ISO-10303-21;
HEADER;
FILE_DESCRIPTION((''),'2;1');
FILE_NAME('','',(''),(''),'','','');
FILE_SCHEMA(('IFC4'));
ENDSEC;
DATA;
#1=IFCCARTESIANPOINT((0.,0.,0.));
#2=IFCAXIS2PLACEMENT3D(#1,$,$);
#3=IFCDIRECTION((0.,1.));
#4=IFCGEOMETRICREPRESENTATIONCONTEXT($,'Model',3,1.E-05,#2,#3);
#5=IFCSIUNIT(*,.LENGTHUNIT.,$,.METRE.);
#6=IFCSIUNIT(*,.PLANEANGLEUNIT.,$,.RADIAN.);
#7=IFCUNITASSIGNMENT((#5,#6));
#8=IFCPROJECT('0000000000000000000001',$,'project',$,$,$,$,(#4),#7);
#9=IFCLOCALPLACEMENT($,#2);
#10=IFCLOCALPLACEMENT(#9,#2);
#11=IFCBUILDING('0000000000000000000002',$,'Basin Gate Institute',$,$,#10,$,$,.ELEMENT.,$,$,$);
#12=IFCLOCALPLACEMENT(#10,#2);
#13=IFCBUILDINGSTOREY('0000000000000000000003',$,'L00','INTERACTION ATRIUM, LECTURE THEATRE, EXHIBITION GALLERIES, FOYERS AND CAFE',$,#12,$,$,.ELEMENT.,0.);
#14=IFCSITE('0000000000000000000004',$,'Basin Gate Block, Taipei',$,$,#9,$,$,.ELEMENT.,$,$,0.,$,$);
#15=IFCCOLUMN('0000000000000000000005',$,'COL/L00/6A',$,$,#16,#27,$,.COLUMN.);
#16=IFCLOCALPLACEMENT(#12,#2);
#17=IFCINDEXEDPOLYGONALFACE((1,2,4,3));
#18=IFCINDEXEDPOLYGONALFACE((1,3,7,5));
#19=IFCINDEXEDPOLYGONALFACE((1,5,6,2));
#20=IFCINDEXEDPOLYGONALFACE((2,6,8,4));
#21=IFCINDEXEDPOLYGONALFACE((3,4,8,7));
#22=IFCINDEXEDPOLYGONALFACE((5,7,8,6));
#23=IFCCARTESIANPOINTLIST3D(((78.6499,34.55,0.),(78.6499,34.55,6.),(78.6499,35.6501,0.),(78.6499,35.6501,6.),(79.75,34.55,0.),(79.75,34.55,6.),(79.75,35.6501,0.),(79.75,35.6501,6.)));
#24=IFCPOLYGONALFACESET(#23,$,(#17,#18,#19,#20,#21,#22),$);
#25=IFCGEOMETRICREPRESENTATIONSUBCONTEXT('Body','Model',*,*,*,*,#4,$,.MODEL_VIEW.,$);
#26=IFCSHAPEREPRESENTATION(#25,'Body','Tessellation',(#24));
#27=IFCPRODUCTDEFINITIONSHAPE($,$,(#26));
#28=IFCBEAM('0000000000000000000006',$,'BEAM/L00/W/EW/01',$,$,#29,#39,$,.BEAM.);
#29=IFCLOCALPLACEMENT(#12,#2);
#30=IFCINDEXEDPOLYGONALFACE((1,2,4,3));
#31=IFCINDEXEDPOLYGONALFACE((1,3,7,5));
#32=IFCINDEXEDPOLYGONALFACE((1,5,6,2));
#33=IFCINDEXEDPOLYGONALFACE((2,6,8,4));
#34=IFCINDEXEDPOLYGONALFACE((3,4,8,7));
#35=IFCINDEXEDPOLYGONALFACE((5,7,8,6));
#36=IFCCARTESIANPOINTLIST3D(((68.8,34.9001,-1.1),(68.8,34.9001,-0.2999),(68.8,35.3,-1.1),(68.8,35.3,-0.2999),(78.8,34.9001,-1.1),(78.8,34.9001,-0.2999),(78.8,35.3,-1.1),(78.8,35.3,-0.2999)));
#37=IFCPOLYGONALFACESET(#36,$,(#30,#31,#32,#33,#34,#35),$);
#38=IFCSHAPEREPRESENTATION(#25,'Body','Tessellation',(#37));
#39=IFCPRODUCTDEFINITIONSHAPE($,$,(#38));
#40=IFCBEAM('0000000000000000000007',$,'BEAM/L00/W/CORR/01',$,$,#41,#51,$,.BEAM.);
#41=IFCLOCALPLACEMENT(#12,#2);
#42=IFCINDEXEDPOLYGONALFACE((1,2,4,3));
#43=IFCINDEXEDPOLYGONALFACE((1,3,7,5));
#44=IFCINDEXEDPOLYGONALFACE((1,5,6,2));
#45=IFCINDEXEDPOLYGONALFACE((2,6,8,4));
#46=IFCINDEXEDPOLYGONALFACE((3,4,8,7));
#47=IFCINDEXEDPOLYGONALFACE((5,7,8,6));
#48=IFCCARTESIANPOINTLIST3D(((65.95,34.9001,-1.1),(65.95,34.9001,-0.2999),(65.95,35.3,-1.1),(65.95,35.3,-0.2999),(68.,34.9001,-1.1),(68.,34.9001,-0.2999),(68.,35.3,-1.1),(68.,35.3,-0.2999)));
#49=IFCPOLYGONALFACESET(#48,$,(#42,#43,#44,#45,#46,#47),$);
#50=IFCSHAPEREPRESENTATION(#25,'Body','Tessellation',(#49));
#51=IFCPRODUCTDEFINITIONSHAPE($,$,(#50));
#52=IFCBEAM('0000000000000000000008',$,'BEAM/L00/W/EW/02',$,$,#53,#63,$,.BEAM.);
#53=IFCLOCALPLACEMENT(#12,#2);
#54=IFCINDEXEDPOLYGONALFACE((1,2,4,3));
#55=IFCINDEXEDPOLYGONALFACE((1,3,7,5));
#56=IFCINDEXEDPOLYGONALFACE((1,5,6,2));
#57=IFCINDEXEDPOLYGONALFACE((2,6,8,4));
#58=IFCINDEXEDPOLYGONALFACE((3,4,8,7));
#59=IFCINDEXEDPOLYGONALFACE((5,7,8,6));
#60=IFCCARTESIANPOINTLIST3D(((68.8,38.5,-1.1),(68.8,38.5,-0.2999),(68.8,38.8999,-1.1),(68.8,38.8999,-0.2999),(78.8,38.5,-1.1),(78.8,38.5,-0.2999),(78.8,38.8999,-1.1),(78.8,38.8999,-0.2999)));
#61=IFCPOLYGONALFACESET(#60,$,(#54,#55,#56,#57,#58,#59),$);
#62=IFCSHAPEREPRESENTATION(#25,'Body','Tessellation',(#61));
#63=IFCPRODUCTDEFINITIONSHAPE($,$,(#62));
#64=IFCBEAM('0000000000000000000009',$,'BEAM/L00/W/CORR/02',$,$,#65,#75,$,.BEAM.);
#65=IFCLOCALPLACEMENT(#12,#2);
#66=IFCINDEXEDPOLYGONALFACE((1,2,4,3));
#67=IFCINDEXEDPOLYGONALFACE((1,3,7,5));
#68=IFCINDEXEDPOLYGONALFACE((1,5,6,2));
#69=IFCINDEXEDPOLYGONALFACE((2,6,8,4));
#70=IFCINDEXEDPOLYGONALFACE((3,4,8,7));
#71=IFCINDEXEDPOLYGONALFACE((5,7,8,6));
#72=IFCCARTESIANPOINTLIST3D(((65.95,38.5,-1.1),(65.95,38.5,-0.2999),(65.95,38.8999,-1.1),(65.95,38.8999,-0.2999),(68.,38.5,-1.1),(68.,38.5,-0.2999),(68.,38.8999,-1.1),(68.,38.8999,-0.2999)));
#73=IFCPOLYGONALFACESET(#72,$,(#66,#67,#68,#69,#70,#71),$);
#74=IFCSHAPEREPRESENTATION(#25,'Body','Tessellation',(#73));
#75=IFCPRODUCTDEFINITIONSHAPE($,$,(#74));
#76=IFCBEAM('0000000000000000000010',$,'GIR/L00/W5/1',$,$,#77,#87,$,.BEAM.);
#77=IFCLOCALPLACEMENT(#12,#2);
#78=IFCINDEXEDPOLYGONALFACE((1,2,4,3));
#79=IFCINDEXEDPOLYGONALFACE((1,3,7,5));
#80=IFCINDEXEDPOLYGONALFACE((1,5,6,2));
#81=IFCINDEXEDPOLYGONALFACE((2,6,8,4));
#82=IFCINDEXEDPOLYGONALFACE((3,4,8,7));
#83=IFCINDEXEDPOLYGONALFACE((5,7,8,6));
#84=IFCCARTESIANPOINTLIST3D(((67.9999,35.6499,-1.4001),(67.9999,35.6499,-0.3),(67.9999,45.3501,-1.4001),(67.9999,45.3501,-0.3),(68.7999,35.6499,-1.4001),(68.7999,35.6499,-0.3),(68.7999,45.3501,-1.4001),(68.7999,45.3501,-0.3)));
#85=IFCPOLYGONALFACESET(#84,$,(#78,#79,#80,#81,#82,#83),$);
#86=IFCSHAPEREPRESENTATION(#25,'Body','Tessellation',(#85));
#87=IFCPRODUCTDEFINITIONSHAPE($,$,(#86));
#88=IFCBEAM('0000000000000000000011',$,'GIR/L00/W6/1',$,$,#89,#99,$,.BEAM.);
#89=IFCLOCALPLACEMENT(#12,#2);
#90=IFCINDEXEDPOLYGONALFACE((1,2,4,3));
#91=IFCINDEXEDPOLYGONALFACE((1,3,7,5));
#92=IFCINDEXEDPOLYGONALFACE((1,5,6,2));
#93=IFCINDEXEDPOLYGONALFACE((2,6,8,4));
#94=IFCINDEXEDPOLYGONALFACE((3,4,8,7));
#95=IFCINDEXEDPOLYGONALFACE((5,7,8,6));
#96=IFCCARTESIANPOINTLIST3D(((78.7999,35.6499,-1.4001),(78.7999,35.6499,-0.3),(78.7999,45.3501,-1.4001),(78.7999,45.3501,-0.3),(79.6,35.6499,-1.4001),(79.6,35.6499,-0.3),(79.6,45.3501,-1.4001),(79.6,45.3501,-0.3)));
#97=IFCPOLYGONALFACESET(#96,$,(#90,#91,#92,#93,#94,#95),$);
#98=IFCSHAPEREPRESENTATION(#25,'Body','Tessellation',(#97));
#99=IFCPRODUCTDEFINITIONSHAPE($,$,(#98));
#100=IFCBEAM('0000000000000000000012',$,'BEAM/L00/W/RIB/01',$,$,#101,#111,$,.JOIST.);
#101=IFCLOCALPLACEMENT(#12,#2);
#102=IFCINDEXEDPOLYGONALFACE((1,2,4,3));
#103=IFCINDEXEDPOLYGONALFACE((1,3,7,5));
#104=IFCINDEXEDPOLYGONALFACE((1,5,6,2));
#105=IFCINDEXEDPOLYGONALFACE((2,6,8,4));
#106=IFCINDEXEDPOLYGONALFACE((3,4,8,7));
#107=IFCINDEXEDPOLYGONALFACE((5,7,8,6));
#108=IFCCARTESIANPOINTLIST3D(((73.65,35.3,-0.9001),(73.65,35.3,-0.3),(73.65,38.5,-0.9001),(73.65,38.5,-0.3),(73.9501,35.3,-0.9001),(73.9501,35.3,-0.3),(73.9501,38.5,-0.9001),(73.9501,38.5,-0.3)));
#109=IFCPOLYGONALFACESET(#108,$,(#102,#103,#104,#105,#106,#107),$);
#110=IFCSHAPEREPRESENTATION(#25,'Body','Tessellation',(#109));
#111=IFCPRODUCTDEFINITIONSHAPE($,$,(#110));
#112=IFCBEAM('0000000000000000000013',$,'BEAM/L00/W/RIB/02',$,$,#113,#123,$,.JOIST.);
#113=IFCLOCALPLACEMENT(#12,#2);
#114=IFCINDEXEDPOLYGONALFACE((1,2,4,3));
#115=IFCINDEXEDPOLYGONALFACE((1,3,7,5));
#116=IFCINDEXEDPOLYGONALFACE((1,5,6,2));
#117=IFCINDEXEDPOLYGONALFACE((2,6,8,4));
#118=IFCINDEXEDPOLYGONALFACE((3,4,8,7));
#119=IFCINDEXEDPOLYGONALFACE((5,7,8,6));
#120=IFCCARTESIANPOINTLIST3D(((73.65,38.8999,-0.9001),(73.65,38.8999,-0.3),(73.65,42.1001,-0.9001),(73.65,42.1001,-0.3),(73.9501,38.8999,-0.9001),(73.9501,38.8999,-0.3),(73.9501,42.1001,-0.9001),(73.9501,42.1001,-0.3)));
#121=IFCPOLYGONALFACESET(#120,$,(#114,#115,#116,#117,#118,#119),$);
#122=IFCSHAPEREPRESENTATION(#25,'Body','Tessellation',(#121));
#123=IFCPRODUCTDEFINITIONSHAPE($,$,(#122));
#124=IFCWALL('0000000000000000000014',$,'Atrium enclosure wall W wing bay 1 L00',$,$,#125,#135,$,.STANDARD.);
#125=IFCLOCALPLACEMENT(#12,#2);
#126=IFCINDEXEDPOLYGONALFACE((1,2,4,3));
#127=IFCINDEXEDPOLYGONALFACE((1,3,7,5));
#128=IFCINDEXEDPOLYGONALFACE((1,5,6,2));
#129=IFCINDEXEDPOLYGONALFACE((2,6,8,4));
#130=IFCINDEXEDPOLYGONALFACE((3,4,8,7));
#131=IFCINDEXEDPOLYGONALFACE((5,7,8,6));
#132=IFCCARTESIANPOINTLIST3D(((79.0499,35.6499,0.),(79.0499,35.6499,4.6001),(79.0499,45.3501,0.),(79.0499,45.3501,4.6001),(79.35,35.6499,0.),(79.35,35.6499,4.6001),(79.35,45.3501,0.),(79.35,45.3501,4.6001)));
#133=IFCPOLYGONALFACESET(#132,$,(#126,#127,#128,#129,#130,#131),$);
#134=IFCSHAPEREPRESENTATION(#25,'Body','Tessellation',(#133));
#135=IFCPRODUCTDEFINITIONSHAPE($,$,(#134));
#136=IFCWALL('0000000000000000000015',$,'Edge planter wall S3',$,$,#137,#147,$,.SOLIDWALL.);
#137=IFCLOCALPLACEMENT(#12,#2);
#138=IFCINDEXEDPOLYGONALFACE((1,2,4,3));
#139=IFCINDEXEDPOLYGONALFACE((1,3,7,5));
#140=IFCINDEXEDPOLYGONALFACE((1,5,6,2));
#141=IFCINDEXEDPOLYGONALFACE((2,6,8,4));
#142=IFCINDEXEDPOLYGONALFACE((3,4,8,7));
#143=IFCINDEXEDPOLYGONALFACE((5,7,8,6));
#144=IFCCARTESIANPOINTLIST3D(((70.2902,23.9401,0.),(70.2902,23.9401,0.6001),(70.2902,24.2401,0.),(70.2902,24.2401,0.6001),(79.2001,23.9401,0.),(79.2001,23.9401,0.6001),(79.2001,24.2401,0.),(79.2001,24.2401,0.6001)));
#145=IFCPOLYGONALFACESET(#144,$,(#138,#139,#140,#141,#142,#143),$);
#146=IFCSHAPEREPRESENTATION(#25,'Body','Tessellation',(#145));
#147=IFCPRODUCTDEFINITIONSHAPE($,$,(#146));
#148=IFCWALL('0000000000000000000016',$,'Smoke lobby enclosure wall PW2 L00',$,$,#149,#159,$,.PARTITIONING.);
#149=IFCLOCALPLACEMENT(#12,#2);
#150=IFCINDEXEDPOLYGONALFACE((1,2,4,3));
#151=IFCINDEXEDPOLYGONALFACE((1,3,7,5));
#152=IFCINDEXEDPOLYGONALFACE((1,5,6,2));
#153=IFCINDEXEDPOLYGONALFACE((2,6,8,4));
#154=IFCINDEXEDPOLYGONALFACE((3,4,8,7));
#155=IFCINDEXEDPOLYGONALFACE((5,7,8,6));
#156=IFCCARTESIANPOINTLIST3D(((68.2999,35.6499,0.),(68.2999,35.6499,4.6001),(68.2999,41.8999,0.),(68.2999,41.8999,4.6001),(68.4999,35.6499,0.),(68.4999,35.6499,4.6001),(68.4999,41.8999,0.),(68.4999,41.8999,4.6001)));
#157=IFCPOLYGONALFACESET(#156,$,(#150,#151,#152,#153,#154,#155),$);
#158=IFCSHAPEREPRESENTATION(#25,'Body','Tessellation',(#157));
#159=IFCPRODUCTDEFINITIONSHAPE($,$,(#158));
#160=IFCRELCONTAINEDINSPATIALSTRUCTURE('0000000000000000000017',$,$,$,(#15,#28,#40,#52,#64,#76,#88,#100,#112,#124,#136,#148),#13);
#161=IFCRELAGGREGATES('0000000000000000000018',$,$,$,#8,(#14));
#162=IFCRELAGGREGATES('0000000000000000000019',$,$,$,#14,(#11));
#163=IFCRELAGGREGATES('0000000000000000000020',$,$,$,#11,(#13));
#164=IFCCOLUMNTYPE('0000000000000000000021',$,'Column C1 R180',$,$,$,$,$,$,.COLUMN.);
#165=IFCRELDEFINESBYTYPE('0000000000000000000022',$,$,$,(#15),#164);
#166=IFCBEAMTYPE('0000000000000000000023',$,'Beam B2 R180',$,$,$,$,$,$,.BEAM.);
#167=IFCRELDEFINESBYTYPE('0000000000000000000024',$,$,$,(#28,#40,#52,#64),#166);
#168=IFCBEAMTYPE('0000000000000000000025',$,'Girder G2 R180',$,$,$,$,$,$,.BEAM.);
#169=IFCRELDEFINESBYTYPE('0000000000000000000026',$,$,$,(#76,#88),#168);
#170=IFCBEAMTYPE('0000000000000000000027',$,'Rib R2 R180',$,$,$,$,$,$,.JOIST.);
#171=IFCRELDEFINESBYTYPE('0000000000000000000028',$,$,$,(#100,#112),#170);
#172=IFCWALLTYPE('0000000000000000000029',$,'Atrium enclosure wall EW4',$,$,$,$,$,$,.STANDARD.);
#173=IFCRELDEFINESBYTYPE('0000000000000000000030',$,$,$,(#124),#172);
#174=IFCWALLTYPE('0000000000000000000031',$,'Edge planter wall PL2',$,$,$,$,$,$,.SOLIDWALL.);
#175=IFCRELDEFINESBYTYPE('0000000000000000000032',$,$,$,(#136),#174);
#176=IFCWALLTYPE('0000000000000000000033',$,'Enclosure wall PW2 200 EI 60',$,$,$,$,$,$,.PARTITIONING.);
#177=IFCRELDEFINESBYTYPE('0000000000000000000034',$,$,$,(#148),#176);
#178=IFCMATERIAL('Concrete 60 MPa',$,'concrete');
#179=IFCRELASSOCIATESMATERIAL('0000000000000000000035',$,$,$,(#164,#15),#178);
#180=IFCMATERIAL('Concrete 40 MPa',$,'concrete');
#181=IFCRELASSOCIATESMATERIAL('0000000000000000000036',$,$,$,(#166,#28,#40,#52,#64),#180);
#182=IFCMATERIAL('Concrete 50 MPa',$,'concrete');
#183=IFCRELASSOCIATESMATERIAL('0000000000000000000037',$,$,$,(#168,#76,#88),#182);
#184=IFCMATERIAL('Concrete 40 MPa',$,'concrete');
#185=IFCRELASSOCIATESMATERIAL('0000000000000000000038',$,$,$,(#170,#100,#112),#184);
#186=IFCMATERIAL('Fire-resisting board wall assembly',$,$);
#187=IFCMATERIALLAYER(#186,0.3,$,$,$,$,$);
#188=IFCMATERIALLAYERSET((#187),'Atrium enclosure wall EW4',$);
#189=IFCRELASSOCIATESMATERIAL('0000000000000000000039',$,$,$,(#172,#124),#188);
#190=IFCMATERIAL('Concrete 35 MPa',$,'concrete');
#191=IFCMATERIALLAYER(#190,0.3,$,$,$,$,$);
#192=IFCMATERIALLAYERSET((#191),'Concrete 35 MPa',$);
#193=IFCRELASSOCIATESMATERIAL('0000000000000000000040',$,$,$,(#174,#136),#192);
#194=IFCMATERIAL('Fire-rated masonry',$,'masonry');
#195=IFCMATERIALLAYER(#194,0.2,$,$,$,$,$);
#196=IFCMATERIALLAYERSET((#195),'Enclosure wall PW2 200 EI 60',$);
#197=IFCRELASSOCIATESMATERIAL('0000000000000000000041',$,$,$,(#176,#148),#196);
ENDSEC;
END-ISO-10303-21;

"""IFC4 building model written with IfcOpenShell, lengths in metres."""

from ifc_helpers import new_model, si_unit, direction, frame, frame_2d, origin, origin_2d, place, context, subcontext, project, spatial, rectangle, extrude, material, layer, layer_set, material_profile, profile_set, type_object, element, save


model = new_model("IFC4")

# Units and contexts
model_context = context("Model", 3, precision=1e-05, world=origin(), true_north=direction((0.0, 1.0)))
body_context = subcontext(model_context, "Body", "Model", "MODEL_VIEW")
ifc_project = project(units=[si_unit("LENGTHUNIT", "METRE"), si_unit("PLANEANGLEUNIT", "RADIAN")], contexts=[model_context])

# Site, building, storey
site_placement = place(None, origin())
site = spatial("IfcSite", under=ifc_project, at=site_placement, Name="Basin Gate Block, Taipei", CompositionType="ELEMENT", RefElevation=0.0)
building_placement = place(site_placement, origin())
building = spatial("IfcBuilding", under=site, at=building_placement, Name="Basin Gate Institute", CompositionType="ELEMENT")
storey_placement = place(building_placement, origin())
storey = spatial("IfcBuildingStorey", under=building, at=storey_placement, Name="L00", Description="INTERACTION ATRIUM, LECTURE THEATRE, EXHIBITION GALLERIES, FOYERS AND CAFE", CompositionType="ELEMENT", Elevation=0.0)

# Column
ifc_material_1 = material(Name="Concrete 60 MPa", Category="concrete")
ifc_material_profile_1 = material_profile(ifc_material_1, rectangle(XDim=1.1001, YDim=1.1001, at=origin_2d()), Name="Column C1 1100 x 1100")
ifc_profile_set_1 = profile_set([ifc_material_profile_1], Name="Concrete 60 MPa")
column_type_1 = type_object("IfcColumnType", Name="Column C1 R180", PredefinedType="COLUMN", material=ifc_profile_set_1)
for number, where, z_axis, x_axis, name in (
    (1, (79.2, 35.1001, 0.0), (0.0, 0.0, 1.0), (1.0, 0.0, 0.0), "COL/L00/6A"),
):
    element("IfcColumn", number, at=place(storey_placement, frame(where, z_axis=z_axis, x_axis=x_axis)), inside=storey, type_object=column_type_1, material=ifc_profile_set_1, Name=name, PredefinedType="COLUMN", context=body_context, shape_type="SweptSolid", body=[
        extrude(rectangle(XDim=1.1001, YDim=1.1001, at=origin_2d()), origin(), (0.0, 0.0, 1.0), 6.0),
    ])

# Beams
ifc_material_2 = material(Name="Concrete 40 MPa", Category="concrete")
ifc_material_profile_2 = material_profile(ifc_material_2, rectangle(XDim=0.3999, YDim=0.8, at=origin_2d()), Name="Beam B2 400 x 800")
ifc_profile_set_2 = profile_set([ifc_material_profile_2], Name="Concrete 40 MPa")
beam_type_1 = type_object("IfcBeamType", Name="Beam B2 R180", PredefinedType="BEAM", material=ifc_profile_set_2)
beam_1_placement = place(storey_placement, frame((68.8, 35.1001, -0.7), z_axis=(1.0, 0.0, 0.0), x_axis=(0.0, 1.0, 0.0)))
element("IfcBeam", 2, at=beam_1_placement, inside=storey, type_object=beam_type_1, material=ifc_profile_set_2, Name="BEAM/L00/W/EW/01", PredefinedType="BEAM", context=body_context, shape_type="SweptSolid", body=[
    extrude(rectangle(XDim=0.3999, YDim=0.8, at=origin_2d()), origin(), (0.0, 0.0, 1.0), 10.0),
])
beam_2_placement = place(storey_placement, frame((65.95, 35.1001, -0.7), z_axis=(1.0, 0.0, 0.0), x_axis=(0.0, 1.0, 0.0)))
element("IfcBeam", 3, at=beam_2_placement, inside=storey, type_object=beam_type_1, material=ifc_profile_set_2, Name="BEAM/L00/W/CORR/01", PredefinedType="BEAM", context=body_context, shape_type="SweptSolid", body=[
    extrude(rectangle(XDim=0.3999, YDim=0.8, at=origin_2d()), origin(), (0.0, 0.0, 1.0), 2.05),
])
beam_3_placement = place(storey_placement, frame((68.8, 38.7, -0.7), z_axis=(1.0, 0.0, 0.0), x_axis=(0.0, 1.0, 0.0)))
element("IfcBeam", 4, at=beam_3_placement, inside=storey, type_object=beam_type_1, material=ifc_profile_set_2, Name="BEAM/L00/W/EW/02", PredefinedType="BEAM", context=body_context, shape_type="SweptSolid", body=[
    extrude(rectangle(XDim=0.3999, YDim=0.8, at=origin_2d()), origin(), (0.0, 0.0, 1.0), 10.0),
])
beam_4_placement = place(storey_placement, frame((65.95, 38.7, -0.7), z_axis=(1.0, 0.0, 0.0), x_axis=(0.0, 1.0, 0.0)))
element("IfcBeam", 5, at=beam_4_placement, inside=storey, type_object=beam_type_1, material=ifc_profile_set_2, Name="BEAM/L00/W/CORR/02", PredefinedType="BEAM", context=body_context, shape_type="SweptSolid", body=[
    extrude(rectangle(XDim=0.3999, YDim=0.8, at=origin_2d()), origin(), (0.0, 0.0, 1.0), 2.05),
])
ifc_material_3 = material(Name="Concrete 50 MPa", Category="concrete")
ifc_material_profile_3 = material_profile(ifc_material_3, rectangle(XDim=0.8, YDim=1.1001, at=origin_2d()), Name="Girder G2 800 x 1100")
ifc_profile_set_3 = profile_set([ifc_material_profile_3], Name="Concrete 50 MPa")
beam_type_2 = type_object("IfcBeamType", Name="Girder G2 R180", PredefinedType="BEAM", material=ifc_profile_set_3)
for number, where, z_axis, x_axis, name in (
    (6, (68.3999, 35.6499, -0.8501), (0.0, 1.0, 0.0), (-1.0, 0.0, 0.0), "GIR/L00/W5/1"),
    (7, (79.2, 35.6499, -0.8501), (0.0, 1.0, 0.0), (-1.0, 0.0, 0.0), "GIR/L00/W6/1"),
):
    element("IfcBeam", number, at=place(storey_placement, frame(where, z_axis=z_axis, x_axis=x_axis)), inside=storey, type_object=beam_type_2, material=ifc_profile_set_3, Name=name, PredefinedType="BEAM", context=body_context, shape_type="SweptSolid", body=[
        extrude(rectangle(XDim=0.8, YDim=1.1001, at=origin_2d()), origin(), (0.0, 0.0, 1.0), 9.7002),
    ])
ifc_material_4 = material(Name="Concrete 40 MPa", Category="concrete")
ifc_material_profile_4 = material_profile(ifc_material_4, rectangle(XDim=0.3, YDim=0.6001, at=origin_2d()), Name="Rib R2 300 x 600")
ifc_profile_set_4 = profile_set([ifc_material_profile_4], Name="Concrete 40 MPa")
beam_type_3 = type_object("IfcBeamType", Name="Rib R2 R180", PredefinedType="JOIST", material=ifc_profile_set_4)
beam_5_placement = place(storey_placement, frame((73.8, 35.3, -0.6001), z_axis=(0.0, 1.0, 0.0), x_axis=(-1.0, 0.0, 0.0)))
element("IfcBeam", 8, at=beam_5_placement, inside=storey, type_object=beam_type_3, material=ifc_profile_set_4, Name="BEAM/L00/W/RIB/01", PredefinedType="JOIST", context=body_context, shape_type="SweptSolid", body=[
    extrude(rectangle(XDim=0.3, YDim=0.6001, at=origin_2d()), origin(), (0.0, 0.0, 1.0), 3.2),
])
beam_6_placement = place(storey_placement, frame((73.8, 38.8999, -0.6001), z_axis=(0.0, 1.0, 0.0), x_axis=(-1.0, 0.0, 0.0)))
element("IfcBeam", 9, at=beam_6_placement, inside=storey, type_object=beam_type_3, material=ifc_profile_set_4, Name="BEAM/L00/W/RIB/02", PredefinedType="JOIST", context=body_context, shape_type="SweptSolid", body=[
    extrude(rectangle(XDim=0.3, YDim=0.6001, at=origin_2d()), origin(), (0.0, 0.0, 1.0), 3.2002),
])

# Walls
ifc_material_5 = material(Name="Fire-resisting board wall assembly")
ifc_layer_1 = layer(ifc_material_5, 0.3)
ifc_layer_set_1 = layer_set([ifc_layer_1], Name="Atrium enclosure wall EW4")
wall_type_1 = type_object("IfcWallType", Name="Atrium enclosure wall EW4", PredefinedType="STANDARD", material=ifc_layer_set_1)
wall_1_placement = place(storey_placement, frame((79.2, 35.6499, 0.0), z_axis=(0.0, 0.0, 1.0), x_axis=(0.0, 1.0, 0.0)))
element("IfcWall", 10, at=wall_1_placement, inside=storey, type_object=wall_type_1, material=ifc_layer_set_1, Name="Atrium enclosure wall W wing bay 1 L00", PredefinedType="STANDARD", context=body_context, shape_type="SweptSolid", body=[
    extrude(rectangle(XDim=9.7002, YDim=0.3, at=frame_2d((4.8501, 0.0))), origin(), (0.0, 0.0, 1.0), 4.6001),
])
ifc_material_6 = material(Name="Concrete 35 MPa", Category="concrete")
ifc_layer_2 = layer(ifc_material_6, 0.3)
ifc_layer_set_2 = layer_set([ifc_layer_2], Name="Concrete 35 MPa")
wall_type_2 = type_object("IfcWallType", Name="Edge planter wall PL2", PredefinedType="SOLIDWALL", material=ifc_layer_set_2)
wall_2_placement = place(storey_placement, frame((70.29, 24.0901, 0.0), z_axis=(0.0, 0.0, 1.0), x_axis=(1.0, 0.0, 0.0)))
element("IfcWall", 11, at=wall_2_placement, inside=storey, type_object=wall_type_2, material=ifc_layer_set_2, Name="Edge planter wall S3", PredefinedType="SOLIDWALL", context=body_context, shape_type="SweptSolid", body=[
    extrude(rectangle(XDim=8.9099, YDim=0.3, at=frame_2d((4.4551, 0.0))), origin(), (0.0, 0.0, 1.0), 0.6001),
])
ifc_material_7 = material(Name="Fire-rated masonry", Category="masonry")
ifc_layer_3 = layer(ifc_material_7, 0.2)
ifc_layer_set_3 = layer_set([ifc_layer_3], Name="Enclosure wall PW2 200 EI 60")
wall_type_3 = type_object("IfcWallType", Name="Enclosure wall PW2 200 EI 60", PredefinedType="PARTITIONING", material=ifc_layer_set_3)
wall_3_placement = place(storey_placement, frame((68.3999, 35.6499, 0.0), z_axis=(0.0, 0.0, 1.0), x_axis=(0.0, 1.0, 0.0)))
element("IfcWall", 12, at=wall_3_placement, inside=storey, type_object=wall_type_3, material=ifc_layer_set_3, Name="Smoke lobby enclosure wall PW2 L00", PredefinedType="PARTITIONING", context=body_context, shape_type="SweptSolid", body=[
    extrude(rectangle(XDim=6.25, YDim=0.2, at=frame_2d((3.125, 0.0))), origin(), (0.0, 0.0, 1.0), 4.6001),
])

save(model, "model.ifc")
